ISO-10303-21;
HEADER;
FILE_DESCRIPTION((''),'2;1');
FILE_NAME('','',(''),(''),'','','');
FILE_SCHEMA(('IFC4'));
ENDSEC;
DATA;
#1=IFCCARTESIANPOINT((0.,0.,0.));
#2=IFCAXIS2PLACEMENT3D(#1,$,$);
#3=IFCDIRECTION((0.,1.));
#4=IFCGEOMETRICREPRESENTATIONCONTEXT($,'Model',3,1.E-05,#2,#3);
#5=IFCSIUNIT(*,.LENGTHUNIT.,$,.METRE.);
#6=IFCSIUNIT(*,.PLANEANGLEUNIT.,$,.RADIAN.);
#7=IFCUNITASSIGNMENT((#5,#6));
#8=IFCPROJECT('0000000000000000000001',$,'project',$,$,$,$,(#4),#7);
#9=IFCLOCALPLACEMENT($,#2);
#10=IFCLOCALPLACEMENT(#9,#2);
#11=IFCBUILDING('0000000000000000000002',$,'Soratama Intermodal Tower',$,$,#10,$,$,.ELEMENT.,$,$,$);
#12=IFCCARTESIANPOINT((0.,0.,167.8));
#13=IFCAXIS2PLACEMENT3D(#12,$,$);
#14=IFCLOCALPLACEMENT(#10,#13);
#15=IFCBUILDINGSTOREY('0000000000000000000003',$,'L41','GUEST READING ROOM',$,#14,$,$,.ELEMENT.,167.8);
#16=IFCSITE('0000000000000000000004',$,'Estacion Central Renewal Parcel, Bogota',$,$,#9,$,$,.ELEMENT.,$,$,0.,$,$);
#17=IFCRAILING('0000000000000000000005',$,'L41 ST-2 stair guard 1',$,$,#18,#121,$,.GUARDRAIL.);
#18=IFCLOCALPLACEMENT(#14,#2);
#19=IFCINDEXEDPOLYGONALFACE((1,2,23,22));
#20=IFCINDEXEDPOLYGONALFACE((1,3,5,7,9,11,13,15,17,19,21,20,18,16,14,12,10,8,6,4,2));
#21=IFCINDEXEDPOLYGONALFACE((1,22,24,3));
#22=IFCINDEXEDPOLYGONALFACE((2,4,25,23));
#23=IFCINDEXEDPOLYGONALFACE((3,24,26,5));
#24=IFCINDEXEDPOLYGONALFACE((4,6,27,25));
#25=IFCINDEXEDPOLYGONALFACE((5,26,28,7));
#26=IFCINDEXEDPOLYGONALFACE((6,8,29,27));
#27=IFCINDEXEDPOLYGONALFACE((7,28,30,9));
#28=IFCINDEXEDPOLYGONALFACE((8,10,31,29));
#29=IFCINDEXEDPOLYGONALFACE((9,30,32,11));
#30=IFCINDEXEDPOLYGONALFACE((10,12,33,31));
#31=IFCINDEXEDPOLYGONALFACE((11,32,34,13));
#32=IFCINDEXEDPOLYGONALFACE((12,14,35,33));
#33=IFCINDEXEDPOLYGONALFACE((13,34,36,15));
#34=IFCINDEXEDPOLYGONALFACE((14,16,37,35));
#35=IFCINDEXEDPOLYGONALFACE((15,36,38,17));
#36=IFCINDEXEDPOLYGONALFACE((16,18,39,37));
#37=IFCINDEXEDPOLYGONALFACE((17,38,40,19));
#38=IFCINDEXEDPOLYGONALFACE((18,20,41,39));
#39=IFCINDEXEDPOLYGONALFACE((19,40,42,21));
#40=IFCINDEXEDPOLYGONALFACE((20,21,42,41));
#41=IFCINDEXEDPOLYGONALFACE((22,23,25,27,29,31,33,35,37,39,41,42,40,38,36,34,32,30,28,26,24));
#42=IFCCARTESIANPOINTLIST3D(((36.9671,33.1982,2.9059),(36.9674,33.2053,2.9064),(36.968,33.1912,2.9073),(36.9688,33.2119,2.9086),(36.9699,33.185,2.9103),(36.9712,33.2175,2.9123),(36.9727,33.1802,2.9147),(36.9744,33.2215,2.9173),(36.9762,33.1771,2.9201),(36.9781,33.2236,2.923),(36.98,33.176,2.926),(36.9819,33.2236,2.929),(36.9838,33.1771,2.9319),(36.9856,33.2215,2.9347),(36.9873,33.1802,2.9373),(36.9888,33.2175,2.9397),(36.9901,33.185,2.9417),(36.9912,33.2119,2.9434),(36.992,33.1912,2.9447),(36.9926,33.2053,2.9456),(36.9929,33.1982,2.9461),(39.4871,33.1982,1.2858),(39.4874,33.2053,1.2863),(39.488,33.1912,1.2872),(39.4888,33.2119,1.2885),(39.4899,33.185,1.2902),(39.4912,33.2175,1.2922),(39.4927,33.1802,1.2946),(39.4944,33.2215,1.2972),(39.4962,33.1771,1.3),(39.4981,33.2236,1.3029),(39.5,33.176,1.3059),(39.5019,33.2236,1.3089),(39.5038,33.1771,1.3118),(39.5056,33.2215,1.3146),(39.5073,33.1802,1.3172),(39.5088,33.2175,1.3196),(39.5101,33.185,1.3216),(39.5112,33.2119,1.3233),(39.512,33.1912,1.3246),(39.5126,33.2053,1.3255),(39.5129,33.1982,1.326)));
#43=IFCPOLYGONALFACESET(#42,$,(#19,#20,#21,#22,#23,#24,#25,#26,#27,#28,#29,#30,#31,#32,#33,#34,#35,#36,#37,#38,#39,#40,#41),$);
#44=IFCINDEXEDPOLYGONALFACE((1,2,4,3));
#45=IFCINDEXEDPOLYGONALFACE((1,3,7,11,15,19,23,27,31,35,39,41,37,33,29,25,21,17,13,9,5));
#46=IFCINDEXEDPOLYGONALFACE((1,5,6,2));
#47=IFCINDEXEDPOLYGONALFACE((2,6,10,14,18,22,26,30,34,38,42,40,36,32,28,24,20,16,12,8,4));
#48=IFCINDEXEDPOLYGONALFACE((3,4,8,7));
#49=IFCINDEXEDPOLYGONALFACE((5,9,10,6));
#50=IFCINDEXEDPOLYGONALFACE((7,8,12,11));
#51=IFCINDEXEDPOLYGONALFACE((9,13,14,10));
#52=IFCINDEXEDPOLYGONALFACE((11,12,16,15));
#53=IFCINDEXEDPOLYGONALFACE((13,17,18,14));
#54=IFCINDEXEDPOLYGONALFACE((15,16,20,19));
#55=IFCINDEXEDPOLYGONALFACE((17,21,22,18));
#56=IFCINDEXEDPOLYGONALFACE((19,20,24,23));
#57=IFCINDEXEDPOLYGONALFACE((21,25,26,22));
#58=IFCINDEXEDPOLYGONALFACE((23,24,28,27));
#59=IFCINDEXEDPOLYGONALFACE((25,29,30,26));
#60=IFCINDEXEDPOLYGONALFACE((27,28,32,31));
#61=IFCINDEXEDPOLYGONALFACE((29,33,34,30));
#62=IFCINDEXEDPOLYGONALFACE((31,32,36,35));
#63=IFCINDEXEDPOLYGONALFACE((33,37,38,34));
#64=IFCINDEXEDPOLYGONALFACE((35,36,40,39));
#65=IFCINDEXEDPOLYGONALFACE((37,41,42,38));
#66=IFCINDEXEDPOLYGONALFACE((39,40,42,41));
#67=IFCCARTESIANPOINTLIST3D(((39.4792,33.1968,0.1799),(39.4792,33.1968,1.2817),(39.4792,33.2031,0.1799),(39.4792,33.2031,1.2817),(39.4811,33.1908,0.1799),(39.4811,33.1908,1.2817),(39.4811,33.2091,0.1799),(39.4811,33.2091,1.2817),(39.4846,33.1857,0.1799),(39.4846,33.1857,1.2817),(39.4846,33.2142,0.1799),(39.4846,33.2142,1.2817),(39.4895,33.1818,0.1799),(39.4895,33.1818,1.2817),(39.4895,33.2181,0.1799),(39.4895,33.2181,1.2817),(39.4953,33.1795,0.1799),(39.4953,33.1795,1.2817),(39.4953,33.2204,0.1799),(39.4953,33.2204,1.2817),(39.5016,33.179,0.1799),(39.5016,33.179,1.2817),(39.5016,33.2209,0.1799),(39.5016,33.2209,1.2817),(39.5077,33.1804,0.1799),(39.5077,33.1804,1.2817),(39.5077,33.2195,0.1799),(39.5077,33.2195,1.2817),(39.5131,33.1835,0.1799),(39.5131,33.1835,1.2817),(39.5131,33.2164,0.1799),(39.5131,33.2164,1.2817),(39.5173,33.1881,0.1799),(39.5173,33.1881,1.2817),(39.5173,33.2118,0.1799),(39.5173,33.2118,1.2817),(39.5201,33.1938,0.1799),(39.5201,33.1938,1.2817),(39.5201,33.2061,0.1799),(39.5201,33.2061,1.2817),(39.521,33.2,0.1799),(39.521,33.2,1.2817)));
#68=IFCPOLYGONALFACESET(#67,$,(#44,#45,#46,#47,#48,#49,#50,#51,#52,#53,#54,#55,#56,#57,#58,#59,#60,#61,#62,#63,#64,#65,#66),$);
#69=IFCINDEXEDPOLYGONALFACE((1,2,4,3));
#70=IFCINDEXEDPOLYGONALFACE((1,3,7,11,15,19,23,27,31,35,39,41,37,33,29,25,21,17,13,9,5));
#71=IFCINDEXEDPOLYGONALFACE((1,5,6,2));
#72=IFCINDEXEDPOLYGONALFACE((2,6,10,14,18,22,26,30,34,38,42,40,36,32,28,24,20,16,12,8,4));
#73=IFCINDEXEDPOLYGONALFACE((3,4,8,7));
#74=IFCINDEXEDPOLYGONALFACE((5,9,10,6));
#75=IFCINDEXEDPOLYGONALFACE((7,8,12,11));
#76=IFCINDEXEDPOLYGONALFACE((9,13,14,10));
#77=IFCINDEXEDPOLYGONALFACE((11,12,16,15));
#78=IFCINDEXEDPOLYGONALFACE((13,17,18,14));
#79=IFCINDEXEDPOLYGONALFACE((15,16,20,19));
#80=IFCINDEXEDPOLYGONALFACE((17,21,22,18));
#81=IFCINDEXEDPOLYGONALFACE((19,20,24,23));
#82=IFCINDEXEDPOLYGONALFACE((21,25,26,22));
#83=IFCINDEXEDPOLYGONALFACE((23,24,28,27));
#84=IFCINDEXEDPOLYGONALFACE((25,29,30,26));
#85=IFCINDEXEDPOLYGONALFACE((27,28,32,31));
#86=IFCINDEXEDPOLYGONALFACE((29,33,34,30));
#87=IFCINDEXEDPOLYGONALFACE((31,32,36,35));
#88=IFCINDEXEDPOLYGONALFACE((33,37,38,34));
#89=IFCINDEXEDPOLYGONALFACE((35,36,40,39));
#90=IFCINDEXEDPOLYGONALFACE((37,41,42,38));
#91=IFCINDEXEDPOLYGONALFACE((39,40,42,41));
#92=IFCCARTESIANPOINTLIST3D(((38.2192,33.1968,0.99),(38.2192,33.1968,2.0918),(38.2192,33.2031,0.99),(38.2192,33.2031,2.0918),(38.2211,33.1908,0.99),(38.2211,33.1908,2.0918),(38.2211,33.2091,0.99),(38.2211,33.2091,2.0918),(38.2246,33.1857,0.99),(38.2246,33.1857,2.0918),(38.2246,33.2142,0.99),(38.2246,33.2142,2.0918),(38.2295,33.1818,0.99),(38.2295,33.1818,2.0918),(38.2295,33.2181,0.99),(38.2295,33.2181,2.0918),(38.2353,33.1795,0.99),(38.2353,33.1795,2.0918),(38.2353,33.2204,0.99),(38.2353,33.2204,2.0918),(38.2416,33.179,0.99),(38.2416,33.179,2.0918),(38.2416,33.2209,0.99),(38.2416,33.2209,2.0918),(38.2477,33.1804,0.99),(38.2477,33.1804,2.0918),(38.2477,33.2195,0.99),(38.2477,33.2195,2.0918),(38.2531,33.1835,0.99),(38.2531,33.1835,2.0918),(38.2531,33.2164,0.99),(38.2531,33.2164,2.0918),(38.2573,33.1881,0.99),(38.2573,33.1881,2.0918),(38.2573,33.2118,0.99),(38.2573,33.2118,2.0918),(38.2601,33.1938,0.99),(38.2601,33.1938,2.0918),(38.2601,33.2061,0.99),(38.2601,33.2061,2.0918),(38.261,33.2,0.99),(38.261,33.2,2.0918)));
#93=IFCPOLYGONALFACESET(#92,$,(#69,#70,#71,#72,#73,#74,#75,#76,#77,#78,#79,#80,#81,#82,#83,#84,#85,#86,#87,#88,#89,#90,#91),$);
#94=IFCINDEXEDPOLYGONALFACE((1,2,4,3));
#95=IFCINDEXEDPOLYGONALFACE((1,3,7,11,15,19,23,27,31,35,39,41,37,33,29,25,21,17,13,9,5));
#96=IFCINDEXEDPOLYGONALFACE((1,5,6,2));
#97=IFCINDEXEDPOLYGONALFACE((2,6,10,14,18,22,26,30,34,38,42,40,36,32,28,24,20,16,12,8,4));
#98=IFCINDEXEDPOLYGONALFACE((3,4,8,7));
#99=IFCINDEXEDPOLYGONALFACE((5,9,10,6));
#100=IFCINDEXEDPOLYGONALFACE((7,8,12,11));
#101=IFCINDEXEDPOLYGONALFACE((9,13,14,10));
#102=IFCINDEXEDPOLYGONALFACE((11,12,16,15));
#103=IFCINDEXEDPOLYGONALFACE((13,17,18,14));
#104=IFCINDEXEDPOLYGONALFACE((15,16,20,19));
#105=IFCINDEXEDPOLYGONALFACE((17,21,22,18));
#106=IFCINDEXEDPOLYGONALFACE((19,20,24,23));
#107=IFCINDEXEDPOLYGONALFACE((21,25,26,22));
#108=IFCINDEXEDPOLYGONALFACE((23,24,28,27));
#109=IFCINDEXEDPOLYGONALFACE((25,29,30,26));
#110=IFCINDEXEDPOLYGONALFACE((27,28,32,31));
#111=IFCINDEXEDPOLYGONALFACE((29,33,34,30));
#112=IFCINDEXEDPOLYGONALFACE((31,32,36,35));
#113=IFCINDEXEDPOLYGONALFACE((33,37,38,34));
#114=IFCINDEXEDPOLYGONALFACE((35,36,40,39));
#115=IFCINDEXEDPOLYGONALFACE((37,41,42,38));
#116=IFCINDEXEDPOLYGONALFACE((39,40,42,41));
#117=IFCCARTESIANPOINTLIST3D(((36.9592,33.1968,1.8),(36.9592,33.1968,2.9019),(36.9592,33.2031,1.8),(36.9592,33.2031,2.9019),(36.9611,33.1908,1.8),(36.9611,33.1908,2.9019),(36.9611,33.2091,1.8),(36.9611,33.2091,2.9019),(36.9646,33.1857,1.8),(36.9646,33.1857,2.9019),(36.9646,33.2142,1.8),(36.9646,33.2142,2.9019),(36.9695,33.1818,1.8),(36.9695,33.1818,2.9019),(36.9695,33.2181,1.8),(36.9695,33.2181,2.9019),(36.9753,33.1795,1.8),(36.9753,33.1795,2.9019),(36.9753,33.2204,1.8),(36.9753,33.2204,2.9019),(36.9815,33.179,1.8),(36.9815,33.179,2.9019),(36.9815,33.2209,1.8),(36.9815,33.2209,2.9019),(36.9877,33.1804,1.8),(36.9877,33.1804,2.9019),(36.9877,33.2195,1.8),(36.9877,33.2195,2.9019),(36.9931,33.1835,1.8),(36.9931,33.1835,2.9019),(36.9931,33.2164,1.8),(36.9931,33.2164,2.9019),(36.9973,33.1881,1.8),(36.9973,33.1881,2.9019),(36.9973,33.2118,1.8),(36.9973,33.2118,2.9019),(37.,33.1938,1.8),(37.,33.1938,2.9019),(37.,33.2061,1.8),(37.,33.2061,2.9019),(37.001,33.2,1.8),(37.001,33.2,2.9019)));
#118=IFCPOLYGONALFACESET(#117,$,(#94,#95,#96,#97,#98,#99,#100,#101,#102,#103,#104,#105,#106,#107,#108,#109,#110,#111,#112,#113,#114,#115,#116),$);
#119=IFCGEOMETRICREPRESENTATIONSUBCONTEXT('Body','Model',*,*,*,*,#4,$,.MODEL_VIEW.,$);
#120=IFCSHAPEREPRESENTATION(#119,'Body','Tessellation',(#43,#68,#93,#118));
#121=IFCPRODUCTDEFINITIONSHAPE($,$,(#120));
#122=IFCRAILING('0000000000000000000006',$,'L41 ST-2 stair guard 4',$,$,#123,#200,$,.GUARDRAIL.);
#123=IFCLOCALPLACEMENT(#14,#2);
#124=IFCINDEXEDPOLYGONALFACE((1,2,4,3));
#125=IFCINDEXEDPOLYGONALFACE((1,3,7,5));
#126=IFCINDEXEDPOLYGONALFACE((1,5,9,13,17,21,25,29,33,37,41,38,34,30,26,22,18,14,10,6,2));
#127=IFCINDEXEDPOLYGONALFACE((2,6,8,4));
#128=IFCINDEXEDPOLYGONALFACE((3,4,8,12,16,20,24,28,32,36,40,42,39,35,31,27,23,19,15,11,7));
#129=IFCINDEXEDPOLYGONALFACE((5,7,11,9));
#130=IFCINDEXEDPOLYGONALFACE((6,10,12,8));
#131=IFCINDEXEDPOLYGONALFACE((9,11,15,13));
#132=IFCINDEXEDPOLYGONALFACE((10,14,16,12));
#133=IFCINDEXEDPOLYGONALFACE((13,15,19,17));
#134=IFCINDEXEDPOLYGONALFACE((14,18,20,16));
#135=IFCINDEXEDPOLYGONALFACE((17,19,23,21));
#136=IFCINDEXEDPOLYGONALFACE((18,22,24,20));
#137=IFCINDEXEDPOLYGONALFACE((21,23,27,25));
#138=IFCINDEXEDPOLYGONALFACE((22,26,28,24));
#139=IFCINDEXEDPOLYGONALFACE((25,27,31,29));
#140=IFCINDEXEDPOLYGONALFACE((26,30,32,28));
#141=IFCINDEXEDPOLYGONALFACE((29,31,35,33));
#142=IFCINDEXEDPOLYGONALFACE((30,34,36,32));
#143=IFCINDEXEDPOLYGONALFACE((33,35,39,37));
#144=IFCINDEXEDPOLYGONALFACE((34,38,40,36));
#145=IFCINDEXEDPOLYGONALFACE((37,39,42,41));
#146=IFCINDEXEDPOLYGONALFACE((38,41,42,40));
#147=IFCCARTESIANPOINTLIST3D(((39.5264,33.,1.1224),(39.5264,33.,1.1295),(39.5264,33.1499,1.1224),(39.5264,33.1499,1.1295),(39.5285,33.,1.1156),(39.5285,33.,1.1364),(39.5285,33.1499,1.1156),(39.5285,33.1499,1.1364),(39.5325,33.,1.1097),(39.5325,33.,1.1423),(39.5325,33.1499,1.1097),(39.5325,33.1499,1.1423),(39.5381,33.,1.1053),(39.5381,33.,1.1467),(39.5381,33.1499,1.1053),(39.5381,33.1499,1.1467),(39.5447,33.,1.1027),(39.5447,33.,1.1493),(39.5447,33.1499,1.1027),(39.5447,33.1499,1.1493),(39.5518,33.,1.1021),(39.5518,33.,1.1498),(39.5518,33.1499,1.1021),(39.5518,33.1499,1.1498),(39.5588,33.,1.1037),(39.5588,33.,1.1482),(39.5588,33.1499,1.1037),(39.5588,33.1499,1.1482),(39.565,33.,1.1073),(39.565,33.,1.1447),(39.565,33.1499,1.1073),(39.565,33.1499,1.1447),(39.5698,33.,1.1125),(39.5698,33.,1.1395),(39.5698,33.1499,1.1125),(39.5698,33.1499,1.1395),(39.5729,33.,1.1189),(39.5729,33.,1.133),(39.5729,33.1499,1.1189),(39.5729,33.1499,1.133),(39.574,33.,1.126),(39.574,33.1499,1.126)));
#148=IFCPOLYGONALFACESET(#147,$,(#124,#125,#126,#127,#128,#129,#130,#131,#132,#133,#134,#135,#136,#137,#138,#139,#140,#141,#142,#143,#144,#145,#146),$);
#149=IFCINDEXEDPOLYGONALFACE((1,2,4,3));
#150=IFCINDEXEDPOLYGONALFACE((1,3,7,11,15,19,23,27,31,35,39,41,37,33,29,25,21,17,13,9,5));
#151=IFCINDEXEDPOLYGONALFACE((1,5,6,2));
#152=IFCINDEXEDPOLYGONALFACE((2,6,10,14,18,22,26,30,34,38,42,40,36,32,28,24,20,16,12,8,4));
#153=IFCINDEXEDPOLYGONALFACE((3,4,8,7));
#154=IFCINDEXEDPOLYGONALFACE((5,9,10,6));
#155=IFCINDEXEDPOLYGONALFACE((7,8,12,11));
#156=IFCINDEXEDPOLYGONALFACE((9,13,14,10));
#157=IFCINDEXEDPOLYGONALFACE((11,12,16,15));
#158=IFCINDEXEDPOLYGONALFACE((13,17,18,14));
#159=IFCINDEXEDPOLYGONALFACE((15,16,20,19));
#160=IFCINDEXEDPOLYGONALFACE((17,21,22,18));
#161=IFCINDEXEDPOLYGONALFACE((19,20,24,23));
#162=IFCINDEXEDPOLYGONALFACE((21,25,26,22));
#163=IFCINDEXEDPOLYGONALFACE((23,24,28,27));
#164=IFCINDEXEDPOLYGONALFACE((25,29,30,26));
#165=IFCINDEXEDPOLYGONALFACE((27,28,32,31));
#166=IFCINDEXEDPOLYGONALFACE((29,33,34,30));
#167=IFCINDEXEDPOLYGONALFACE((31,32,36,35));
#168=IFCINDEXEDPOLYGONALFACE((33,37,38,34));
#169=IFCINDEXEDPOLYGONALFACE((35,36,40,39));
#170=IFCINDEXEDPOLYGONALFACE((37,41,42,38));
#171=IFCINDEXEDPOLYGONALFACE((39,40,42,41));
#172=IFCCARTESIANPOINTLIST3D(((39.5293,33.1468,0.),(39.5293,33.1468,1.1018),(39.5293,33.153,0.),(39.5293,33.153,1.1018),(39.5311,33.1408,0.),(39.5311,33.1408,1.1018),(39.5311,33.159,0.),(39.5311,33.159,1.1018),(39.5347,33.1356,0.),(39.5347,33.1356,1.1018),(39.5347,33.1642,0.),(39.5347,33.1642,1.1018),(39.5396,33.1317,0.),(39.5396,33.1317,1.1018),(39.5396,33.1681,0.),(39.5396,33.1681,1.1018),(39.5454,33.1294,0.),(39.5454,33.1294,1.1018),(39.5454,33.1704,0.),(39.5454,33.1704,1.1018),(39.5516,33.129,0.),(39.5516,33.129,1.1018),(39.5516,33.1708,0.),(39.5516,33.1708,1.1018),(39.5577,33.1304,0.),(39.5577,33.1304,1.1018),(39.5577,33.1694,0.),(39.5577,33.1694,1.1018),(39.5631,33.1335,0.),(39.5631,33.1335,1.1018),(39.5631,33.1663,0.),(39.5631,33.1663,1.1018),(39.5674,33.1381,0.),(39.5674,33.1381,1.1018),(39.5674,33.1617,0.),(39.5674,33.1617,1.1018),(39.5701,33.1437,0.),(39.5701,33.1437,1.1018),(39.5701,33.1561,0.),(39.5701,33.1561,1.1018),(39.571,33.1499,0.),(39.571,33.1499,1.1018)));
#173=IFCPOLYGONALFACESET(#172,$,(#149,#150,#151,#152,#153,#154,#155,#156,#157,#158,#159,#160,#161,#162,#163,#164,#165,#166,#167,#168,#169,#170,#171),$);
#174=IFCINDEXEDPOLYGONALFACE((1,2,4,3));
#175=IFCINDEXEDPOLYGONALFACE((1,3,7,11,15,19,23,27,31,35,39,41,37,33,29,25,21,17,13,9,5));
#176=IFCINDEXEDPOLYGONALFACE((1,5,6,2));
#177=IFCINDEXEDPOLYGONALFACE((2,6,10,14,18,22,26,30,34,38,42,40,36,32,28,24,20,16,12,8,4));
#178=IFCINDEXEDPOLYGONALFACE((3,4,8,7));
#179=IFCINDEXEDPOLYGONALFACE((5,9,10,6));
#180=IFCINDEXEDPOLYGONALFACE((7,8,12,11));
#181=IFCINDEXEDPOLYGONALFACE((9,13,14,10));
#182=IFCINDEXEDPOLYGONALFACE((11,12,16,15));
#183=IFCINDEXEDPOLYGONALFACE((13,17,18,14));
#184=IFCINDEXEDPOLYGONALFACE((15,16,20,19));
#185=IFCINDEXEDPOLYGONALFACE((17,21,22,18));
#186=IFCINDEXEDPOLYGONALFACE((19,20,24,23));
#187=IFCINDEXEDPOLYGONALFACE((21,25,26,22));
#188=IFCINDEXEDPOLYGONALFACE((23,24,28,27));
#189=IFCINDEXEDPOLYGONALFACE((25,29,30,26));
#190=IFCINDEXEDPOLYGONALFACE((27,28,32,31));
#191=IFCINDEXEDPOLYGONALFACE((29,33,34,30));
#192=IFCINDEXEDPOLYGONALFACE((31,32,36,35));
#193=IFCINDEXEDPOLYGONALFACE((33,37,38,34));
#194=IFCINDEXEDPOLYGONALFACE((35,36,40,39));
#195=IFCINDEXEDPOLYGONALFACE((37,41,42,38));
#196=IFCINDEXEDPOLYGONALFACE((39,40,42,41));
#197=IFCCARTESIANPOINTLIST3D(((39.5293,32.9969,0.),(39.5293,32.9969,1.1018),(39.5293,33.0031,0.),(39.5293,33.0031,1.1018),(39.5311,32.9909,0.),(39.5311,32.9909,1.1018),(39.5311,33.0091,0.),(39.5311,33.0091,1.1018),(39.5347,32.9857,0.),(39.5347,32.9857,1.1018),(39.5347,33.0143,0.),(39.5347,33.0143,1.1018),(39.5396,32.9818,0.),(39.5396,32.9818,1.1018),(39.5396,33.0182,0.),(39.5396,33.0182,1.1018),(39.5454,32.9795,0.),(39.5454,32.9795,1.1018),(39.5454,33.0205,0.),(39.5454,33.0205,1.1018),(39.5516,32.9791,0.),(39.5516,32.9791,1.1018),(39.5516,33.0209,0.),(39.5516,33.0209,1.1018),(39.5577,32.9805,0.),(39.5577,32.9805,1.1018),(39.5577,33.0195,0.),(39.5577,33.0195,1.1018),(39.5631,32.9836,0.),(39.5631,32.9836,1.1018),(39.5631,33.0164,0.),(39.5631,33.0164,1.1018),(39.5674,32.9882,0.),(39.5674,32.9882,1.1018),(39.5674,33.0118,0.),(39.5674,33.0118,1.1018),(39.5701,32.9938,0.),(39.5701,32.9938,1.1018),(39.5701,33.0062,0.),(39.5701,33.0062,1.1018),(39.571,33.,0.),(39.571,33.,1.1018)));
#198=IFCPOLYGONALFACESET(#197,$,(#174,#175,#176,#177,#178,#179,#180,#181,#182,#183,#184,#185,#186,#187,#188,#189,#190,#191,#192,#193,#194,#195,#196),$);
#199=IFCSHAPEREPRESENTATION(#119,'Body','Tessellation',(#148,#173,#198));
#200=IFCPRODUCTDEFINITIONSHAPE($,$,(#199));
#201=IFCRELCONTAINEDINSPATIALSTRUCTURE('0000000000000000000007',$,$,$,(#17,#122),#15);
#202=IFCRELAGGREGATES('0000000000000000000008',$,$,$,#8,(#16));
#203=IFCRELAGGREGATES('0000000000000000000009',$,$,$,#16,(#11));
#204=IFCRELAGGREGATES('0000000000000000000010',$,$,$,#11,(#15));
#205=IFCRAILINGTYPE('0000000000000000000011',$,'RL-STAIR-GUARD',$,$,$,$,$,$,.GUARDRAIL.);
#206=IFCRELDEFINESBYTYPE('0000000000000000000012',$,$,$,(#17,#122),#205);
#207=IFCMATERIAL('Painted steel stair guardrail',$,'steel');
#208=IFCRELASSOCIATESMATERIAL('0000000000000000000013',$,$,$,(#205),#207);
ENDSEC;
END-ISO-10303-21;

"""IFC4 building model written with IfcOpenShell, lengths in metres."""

from ifc_helpers import new_model, si_unit, direction, frame, origin, origin_2d, place, context, subcontext, project, spatial, circle, extrude, material, type_object, element, save


model = new_model("IFC4")

# Units and contexts
model_context = context("Model", 3, precision=1e-05, world=origin(), true_north=direction((0.0, 1.0)))
body_context = subcontext(model_context, "Body", "Model", "MODEL_VIEW")
ifc_project = project(units=[si_unit("LENGTHUNIT", "METRE"), si_unit("PLANEANGLEUNIT", "RADIAN")], contexts=[model_context])

# Site, building, storey
site_placement = place(None, origin())
site = spatial("IfcSite", under=ifc_project, at=site_placement, Name="Estacion Central Renewal Parcel, Bogota", CompositionType="ELEMENT", RefElevation=0.0)
building_placement = place(site_placement, origin())
building = spatial("IfcBuilding", under=site, at=building_placement, Name="Soratama Intermodal Tower", CompositionType="ELEMENT")
storey_placement = place(building_placement, frame((0.0, 0.0, 167.8)))
storey = spatial("IfcBuildingStorey", under=building, at=storey_placement, Name="L41", Description="GUEST READING ROOM", CompositionType="ELEMENT", Elevation=167.8)

# Railings
ifc_material_1 = material(Name="Painted steel stair guardrail", Category="steel")
railing_type_1 = type_object("IfcRailingType", Name="RL-STAIR-GUARD", PredefinedType="GUARDRAIL", material=ifc_material_1)
railing_1_placement = place(storey_placement, frame((39.5, 33.2, 0.1799)))
element("IfcRailing", 1, at=railing_1_placement, inside=storey, type_object=railing_type_1, Name="L41 ST-2 stair guard 1", PredefinedType="GUARDRAIL", context=body_context, shape_type="SweptSolid", body=[
    extrude(circle(Radius=0.0239, at=origin_2d()), frame((0.0, 0.0, 1.126), z_axis=(-0.841163, 0.0, 0.540782), x_axis=(0.0, -1.0, 0.0)), (0.0, 0.0, 1.0), 2.9958),
    extrude(circle(Radius=0.021, at=origin_2d()), origin(), (0.0, 0.0, 1.0), 1.1018),
    extrude(circle(Radius=0.021, at=origin_2d()), frame((-1.26, 0.0, 0.8101)), (0.0, 0.0, 1.0), 1.1018),
    extrude(circle(Radius=0.021, at=origin_2d()), frame((-2.52, 0.0, 1.6201)), (0.0, 0.0, 1.0), 1.1018),
])
railing_2_placement = place(storey_placement, frame((39.55, 33.1499, 0.0)))
element("IfcRailing", 2, at=railing_2_placement, inside=storey, type_object=railing_type_1, Name="L41 ST-2 stair guard 4", PredefinedType="GUARDRAIL", context=body_context, shape_type="SweptSolid", body=[
    extrude(circle(Radius=0.0239, at=origin_2d()), frame((0.0, 0.0, 1.126), z_axis=(0.0, -1.0, 0.0), x_axis=(1.0, 0.0, 0.0)), (0.0, 0.0, 1.0), 0.1499),
    extrude(circle(Radius=0.021, at=origin_2d()), origin(), (0.0, 0.0, 1.0), 1.1018),
    extrude(circle(Radius=0.021, at=origin_2d()), frame((0.0, -0.1499, 0.0)), (0.0, 0.0, 1.0), 1.1018),
])

save(model, "model.ifc")
